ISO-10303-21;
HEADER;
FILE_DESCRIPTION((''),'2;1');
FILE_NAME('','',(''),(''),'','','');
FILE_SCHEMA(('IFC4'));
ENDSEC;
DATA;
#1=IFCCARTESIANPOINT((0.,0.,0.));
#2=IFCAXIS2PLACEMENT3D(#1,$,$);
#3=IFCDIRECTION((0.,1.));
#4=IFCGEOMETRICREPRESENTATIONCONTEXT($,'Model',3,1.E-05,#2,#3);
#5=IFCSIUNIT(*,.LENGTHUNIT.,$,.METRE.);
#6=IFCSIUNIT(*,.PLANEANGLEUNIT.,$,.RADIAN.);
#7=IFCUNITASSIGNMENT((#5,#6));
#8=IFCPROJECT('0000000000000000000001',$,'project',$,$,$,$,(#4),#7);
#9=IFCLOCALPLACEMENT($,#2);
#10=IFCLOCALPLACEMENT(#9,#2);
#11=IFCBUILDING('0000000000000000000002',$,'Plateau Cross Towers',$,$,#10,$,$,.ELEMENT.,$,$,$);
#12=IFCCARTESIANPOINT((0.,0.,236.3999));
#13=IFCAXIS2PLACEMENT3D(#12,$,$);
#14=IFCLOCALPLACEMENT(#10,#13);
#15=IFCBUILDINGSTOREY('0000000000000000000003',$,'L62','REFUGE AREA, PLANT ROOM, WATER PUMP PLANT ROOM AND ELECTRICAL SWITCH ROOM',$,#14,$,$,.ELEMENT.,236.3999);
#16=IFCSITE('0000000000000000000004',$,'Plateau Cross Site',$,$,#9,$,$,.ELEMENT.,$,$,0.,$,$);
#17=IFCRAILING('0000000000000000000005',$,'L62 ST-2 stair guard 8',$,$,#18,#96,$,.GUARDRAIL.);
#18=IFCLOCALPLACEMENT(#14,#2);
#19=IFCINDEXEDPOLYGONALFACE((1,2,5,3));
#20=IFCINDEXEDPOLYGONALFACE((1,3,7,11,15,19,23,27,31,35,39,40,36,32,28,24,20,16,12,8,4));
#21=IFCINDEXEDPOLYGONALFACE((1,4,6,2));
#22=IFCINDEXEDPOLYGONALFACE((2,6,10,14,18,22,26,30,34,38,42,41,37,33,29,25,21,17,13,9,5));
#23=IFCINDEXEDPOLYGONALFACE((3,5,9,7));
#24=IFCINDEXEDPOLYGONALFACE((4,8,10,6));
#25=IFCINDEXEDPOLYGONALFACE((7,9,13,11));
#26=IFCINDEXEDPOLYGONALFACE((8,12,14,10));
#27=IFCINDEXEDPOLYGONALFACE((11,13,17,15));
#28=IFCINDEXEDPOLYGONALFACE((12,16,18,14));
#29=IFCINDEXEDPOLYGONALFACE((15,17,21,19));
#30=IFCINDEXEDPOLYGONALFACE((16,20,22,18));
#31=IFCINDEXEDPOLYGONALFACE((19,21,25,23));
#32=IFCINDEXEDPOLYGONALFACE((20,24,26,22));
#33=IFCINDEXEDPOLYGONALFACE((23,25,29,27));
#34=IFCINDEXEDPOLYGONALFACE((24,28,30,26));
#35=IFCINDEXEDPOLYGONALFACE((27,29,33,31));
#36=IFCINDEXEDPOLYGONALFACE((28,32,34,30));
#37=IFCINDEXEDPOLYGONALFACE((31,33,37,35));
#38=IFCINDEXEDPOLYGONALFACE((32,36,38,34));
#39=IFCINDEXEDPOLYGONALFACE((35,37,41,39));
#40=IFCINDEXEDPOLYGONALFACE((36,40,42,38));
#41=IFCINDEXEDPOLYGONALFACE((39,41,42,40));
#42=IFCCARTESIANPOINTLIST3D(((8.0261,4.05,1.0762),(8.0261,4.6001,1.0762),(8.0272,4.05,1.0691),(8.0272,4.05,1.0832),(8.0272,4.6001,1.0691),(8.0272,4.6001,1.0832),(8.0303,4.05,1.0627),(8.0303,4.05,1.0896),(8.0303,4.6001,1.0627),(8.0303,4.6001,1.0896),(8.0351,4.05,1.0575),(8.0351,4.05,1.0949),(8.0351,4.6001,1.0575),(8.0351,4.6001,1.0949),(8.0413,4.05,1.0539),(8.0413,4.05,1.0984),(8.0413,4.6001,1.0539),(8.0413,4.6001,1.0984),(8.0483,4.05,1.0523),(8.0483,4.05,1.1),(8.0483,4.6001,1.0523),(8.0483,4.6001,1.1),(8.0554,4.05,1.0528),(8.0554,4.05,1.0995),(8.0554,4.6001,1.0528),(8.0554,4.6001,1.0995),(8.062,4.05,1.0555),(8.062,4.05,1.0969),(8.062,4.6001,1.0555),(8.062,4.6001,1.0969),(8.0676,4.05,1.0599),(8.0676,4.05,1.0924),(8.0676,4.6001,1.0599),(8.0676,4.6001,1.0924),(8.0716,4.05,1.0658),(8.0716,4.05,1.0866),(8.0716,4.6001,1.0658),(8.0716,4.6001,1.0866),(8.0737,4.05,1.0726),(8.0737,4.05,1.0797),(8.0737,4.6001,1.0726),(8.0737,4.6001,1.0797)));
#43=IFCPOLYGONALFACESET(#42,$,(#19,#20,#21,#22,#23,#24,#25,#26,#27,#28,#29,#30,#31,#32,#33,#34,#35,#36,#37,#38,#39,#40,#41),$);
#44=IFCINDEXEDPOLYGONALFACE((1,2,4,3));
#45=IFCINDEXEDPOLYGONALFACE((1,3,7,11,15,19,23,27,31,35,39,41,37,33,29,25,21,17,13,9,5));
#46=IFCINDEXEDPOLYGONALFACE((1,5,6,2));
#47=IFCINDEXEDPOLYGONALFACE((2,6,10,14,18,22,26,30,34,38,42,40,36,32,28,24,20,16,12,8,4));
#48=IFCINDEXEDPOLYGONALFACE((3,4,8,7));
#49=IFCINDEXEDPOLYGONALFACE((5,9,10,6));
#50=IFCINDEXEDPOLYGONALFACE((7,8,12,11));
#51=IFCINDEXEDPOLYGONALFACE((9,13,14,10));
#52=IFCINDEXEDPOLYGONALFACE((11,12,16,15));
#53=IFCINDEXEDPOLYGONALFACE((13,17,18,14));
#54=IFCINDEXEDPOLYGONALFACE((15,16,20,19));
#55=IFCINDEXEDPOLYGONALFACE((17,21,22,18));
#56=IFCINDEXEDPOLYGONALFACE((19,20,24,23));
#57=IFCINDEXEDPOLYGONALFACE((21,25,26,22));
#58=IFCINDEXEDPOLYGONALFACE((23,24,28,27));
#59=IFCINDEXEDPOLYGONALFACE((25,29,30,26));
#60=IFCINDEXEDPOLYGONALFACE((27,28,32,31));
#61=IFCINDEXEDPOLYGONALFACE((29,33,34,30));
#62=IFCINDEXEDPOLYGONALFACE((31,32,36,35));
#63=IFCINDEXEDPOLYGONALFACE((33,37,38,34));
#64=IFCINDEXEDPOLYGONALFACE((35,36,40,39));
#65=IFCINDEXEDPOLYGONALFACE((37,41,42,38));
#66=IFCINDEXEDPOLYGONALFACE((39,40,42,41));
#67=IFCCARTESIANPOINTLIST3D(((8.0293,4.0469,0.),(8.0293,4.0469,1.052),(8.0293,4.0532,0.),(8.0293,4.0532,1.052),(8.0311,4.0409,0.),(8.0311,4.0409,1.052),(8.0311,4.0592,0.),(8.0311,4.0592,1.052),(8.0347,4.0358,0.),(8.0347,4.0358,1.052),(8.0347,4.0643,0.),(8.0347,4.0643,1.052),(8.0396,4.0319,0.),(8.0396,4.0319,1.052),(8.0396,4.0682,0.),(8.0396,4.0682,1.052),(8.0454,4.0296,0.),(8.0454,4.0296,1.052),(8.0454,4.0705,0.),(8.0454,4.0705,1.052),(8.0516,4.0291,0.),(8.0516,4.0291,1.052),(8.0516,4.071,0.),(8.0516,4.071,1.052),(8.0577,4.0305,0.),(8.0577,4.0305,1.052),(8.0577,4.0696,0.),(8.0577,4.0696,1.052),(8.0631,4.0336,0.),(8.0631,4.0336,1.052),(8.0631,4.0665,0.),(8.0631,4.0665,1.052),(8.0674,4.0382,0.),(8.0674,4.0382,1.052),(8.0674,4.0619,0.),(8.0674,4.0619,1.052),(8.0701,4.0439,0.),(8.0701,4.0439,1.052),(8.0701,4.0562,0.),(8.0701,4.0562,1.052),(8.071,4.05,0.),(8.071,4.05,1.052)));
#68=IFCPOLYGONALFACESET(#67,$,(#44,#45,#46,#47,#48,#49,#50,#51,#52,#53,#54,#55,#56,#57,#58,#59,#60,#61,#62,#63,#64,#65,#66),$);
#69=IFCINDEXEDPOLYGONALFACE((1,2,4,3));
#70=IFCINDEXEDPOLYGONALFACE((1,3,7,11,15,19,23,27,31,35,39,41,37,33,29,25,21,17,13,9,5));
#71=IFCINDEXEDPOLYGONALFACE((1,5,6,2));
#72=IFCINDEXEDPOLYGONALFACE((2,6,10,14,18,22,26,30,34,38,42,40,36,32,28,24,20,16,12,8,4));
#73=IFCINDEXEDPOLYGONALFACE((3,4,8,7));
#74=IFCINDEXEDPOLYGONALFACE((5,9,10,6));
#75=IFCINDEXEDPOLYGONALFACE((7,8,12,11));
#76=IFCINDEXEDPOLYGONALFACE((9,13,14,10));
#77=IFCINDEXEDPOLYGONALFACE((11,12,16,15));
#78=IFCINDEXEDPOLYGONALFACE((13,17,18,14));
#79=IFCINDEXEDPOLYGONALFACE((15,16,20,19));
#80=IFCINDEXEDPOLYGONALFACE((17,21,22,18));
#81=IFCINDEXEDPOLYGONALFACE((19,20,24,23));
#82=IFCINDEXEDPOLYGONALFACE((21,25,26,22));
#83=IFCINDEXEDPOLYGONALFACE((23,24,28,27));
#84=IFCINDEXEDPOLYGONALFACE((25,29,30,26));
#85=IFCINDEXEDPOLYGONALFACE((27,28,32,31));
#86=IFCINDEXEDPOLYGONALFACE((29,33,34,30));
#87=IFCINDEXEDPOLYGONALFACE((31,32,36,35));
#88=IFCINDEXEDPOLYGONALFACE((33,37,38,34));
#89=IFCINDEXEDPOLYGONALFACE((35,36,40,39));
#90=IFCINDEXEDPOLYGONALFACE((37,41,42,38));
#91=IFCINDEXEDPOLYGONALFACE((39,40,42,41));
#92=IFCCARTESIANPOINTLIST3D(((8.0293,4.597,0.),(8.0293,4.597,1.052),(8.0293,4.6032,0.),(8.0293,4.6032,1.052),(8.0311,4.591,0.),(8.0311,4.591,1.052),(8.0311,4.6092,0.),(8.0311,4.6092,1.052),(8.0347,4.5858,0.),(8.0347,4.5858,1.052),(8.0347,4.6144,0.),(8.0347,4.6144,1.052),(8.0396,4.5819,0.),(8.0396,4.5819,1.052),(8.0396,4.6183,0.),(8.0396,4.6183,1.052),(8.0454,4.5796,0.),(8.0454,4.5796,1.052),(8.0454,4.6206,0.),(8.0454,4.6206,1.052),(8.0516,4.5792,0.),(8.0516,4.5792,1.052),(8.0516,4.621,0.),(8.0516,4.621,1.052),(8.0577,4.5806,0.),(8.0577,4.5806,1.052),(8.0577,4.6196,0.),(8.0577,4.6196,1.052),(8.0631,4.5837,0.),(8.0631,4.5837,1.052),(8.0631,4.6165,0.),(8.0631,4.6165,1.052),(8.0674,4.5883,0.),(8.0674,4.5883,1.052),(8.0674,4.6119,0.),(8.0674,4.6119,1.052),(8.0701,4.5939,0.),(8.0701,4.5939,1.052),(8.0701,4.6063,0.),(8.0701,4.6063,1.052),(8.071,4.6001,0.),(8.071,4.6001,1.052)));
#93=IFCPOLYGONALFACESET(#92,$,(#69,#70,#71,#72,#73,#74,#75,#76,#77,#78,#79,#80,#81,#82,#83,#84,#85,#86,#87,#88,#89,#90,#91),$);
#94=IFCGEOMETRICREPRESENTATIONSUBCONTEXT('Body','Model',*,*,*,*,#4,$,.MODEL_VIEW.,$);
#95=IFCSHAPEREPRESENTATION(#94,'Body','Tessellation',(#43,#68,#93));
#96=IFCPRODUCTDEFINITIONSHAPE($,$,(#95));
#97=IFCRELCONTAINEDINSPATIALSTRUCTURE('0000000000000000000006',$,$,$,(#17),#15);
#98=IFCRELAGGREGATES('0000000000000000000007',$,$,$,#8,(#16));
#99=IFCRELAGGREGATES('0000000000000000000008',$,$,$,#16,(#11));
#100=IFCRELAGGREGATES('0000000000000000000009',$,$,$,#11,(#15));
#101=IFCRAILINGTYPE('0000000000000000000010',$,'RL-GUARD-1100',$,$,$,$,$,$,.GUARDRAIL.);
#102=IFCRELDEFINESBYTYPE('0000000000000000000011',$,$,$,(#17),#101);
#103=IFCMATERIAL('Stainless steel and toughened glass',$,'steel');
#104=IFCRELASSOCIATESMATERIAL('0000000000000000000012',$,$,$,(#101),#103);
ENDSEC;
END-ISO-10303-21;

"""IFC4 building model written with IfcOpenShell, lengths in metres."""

from ifc_helpers import new_model, si_unit, direction, frame, origin, origin_2d, place, context, subcontext, project, spatial, circle, extrude, material, type_object, element, save


model = new_model("IFC4")

# Units and contexts
model_context = context("Model", 3, precision=1e-05, world=origin(), true_north=direction((0.0, 1.0)))
body_context = subcontext(model_context, "Body", "Model", "MODEL_VIEW")
ifc_project = project(units=[si_unit("LENGTHUNIT", "METRE"), si_unit("PLANEANGLEUNIT", "RADIAN")], contexts=[model_context])

# Site, building, storey
site_placement = place(None, origin())
site = spatial("IfcSite", under=ifc_project, at=site_placement, Name="Plateau Cross Site", CompositionType="ELEMENT", RefElevation=0.0)
building_placement = place(site_placement, origin())
building = spatial("IfcBuilding", under=site, at=building_placement, Name="Plateau Cross Towers", CompositionType="ELEMENT")
storey_placement = place(building_placement, frame((0.0, 0.0, 236.3999)))
storey = spatial("IfcBuildingStorey", under=building, at=storey_placement, Name="L62", Description="REFUGE AREA, PLANT ROOM, WATER PUMP PLANT ROOM AND ELECTRICAL SWITCH ROOM", CompositionType="ELEMENT", Elevation=236.3999)

# Railing
ifc_material_1 = material(Name="Stainless steel and toughened glass", Category="steel")
railing_type_1 = type_object("IfcRailingType", Name="RL-GUARD-1100", PredefinedType="GUARDRAIL", material=ifc_material_1)
railing_1_placement = place(storey_placement, frame((8.05, 4.05, 0.0)))
element("IfcRailing", 1, at=railing_1_placement, inside=storey, type_object=railing_type_1, Name="L62 ST-2 stair guard 8", PredefinedType="GUARDRAIL", context=body_context, shape_type="SweptSolid", body=[
    extrude(circle(Radius=0.0239, at=origin_2d()), frame((0.0, 0.0, 1.0762), z_axis=(0.0, 1.0, 0.0), x_axis=(-1.0, 0.0, 0.0)), (0.0, 0.0, 1.0), 0.55),
    extrude(circle(Radius=0.021, at=origin_2d()), origin(), (0.0, 0.0, 1.0), 1.052),
    extrude(circle(Radius=0.021, at=origin_2d()), frame((0.0, 0.55, 0.0)), (0.0, 0.0, 1.0), 1.052),
])

save(model, "model.ifc")
